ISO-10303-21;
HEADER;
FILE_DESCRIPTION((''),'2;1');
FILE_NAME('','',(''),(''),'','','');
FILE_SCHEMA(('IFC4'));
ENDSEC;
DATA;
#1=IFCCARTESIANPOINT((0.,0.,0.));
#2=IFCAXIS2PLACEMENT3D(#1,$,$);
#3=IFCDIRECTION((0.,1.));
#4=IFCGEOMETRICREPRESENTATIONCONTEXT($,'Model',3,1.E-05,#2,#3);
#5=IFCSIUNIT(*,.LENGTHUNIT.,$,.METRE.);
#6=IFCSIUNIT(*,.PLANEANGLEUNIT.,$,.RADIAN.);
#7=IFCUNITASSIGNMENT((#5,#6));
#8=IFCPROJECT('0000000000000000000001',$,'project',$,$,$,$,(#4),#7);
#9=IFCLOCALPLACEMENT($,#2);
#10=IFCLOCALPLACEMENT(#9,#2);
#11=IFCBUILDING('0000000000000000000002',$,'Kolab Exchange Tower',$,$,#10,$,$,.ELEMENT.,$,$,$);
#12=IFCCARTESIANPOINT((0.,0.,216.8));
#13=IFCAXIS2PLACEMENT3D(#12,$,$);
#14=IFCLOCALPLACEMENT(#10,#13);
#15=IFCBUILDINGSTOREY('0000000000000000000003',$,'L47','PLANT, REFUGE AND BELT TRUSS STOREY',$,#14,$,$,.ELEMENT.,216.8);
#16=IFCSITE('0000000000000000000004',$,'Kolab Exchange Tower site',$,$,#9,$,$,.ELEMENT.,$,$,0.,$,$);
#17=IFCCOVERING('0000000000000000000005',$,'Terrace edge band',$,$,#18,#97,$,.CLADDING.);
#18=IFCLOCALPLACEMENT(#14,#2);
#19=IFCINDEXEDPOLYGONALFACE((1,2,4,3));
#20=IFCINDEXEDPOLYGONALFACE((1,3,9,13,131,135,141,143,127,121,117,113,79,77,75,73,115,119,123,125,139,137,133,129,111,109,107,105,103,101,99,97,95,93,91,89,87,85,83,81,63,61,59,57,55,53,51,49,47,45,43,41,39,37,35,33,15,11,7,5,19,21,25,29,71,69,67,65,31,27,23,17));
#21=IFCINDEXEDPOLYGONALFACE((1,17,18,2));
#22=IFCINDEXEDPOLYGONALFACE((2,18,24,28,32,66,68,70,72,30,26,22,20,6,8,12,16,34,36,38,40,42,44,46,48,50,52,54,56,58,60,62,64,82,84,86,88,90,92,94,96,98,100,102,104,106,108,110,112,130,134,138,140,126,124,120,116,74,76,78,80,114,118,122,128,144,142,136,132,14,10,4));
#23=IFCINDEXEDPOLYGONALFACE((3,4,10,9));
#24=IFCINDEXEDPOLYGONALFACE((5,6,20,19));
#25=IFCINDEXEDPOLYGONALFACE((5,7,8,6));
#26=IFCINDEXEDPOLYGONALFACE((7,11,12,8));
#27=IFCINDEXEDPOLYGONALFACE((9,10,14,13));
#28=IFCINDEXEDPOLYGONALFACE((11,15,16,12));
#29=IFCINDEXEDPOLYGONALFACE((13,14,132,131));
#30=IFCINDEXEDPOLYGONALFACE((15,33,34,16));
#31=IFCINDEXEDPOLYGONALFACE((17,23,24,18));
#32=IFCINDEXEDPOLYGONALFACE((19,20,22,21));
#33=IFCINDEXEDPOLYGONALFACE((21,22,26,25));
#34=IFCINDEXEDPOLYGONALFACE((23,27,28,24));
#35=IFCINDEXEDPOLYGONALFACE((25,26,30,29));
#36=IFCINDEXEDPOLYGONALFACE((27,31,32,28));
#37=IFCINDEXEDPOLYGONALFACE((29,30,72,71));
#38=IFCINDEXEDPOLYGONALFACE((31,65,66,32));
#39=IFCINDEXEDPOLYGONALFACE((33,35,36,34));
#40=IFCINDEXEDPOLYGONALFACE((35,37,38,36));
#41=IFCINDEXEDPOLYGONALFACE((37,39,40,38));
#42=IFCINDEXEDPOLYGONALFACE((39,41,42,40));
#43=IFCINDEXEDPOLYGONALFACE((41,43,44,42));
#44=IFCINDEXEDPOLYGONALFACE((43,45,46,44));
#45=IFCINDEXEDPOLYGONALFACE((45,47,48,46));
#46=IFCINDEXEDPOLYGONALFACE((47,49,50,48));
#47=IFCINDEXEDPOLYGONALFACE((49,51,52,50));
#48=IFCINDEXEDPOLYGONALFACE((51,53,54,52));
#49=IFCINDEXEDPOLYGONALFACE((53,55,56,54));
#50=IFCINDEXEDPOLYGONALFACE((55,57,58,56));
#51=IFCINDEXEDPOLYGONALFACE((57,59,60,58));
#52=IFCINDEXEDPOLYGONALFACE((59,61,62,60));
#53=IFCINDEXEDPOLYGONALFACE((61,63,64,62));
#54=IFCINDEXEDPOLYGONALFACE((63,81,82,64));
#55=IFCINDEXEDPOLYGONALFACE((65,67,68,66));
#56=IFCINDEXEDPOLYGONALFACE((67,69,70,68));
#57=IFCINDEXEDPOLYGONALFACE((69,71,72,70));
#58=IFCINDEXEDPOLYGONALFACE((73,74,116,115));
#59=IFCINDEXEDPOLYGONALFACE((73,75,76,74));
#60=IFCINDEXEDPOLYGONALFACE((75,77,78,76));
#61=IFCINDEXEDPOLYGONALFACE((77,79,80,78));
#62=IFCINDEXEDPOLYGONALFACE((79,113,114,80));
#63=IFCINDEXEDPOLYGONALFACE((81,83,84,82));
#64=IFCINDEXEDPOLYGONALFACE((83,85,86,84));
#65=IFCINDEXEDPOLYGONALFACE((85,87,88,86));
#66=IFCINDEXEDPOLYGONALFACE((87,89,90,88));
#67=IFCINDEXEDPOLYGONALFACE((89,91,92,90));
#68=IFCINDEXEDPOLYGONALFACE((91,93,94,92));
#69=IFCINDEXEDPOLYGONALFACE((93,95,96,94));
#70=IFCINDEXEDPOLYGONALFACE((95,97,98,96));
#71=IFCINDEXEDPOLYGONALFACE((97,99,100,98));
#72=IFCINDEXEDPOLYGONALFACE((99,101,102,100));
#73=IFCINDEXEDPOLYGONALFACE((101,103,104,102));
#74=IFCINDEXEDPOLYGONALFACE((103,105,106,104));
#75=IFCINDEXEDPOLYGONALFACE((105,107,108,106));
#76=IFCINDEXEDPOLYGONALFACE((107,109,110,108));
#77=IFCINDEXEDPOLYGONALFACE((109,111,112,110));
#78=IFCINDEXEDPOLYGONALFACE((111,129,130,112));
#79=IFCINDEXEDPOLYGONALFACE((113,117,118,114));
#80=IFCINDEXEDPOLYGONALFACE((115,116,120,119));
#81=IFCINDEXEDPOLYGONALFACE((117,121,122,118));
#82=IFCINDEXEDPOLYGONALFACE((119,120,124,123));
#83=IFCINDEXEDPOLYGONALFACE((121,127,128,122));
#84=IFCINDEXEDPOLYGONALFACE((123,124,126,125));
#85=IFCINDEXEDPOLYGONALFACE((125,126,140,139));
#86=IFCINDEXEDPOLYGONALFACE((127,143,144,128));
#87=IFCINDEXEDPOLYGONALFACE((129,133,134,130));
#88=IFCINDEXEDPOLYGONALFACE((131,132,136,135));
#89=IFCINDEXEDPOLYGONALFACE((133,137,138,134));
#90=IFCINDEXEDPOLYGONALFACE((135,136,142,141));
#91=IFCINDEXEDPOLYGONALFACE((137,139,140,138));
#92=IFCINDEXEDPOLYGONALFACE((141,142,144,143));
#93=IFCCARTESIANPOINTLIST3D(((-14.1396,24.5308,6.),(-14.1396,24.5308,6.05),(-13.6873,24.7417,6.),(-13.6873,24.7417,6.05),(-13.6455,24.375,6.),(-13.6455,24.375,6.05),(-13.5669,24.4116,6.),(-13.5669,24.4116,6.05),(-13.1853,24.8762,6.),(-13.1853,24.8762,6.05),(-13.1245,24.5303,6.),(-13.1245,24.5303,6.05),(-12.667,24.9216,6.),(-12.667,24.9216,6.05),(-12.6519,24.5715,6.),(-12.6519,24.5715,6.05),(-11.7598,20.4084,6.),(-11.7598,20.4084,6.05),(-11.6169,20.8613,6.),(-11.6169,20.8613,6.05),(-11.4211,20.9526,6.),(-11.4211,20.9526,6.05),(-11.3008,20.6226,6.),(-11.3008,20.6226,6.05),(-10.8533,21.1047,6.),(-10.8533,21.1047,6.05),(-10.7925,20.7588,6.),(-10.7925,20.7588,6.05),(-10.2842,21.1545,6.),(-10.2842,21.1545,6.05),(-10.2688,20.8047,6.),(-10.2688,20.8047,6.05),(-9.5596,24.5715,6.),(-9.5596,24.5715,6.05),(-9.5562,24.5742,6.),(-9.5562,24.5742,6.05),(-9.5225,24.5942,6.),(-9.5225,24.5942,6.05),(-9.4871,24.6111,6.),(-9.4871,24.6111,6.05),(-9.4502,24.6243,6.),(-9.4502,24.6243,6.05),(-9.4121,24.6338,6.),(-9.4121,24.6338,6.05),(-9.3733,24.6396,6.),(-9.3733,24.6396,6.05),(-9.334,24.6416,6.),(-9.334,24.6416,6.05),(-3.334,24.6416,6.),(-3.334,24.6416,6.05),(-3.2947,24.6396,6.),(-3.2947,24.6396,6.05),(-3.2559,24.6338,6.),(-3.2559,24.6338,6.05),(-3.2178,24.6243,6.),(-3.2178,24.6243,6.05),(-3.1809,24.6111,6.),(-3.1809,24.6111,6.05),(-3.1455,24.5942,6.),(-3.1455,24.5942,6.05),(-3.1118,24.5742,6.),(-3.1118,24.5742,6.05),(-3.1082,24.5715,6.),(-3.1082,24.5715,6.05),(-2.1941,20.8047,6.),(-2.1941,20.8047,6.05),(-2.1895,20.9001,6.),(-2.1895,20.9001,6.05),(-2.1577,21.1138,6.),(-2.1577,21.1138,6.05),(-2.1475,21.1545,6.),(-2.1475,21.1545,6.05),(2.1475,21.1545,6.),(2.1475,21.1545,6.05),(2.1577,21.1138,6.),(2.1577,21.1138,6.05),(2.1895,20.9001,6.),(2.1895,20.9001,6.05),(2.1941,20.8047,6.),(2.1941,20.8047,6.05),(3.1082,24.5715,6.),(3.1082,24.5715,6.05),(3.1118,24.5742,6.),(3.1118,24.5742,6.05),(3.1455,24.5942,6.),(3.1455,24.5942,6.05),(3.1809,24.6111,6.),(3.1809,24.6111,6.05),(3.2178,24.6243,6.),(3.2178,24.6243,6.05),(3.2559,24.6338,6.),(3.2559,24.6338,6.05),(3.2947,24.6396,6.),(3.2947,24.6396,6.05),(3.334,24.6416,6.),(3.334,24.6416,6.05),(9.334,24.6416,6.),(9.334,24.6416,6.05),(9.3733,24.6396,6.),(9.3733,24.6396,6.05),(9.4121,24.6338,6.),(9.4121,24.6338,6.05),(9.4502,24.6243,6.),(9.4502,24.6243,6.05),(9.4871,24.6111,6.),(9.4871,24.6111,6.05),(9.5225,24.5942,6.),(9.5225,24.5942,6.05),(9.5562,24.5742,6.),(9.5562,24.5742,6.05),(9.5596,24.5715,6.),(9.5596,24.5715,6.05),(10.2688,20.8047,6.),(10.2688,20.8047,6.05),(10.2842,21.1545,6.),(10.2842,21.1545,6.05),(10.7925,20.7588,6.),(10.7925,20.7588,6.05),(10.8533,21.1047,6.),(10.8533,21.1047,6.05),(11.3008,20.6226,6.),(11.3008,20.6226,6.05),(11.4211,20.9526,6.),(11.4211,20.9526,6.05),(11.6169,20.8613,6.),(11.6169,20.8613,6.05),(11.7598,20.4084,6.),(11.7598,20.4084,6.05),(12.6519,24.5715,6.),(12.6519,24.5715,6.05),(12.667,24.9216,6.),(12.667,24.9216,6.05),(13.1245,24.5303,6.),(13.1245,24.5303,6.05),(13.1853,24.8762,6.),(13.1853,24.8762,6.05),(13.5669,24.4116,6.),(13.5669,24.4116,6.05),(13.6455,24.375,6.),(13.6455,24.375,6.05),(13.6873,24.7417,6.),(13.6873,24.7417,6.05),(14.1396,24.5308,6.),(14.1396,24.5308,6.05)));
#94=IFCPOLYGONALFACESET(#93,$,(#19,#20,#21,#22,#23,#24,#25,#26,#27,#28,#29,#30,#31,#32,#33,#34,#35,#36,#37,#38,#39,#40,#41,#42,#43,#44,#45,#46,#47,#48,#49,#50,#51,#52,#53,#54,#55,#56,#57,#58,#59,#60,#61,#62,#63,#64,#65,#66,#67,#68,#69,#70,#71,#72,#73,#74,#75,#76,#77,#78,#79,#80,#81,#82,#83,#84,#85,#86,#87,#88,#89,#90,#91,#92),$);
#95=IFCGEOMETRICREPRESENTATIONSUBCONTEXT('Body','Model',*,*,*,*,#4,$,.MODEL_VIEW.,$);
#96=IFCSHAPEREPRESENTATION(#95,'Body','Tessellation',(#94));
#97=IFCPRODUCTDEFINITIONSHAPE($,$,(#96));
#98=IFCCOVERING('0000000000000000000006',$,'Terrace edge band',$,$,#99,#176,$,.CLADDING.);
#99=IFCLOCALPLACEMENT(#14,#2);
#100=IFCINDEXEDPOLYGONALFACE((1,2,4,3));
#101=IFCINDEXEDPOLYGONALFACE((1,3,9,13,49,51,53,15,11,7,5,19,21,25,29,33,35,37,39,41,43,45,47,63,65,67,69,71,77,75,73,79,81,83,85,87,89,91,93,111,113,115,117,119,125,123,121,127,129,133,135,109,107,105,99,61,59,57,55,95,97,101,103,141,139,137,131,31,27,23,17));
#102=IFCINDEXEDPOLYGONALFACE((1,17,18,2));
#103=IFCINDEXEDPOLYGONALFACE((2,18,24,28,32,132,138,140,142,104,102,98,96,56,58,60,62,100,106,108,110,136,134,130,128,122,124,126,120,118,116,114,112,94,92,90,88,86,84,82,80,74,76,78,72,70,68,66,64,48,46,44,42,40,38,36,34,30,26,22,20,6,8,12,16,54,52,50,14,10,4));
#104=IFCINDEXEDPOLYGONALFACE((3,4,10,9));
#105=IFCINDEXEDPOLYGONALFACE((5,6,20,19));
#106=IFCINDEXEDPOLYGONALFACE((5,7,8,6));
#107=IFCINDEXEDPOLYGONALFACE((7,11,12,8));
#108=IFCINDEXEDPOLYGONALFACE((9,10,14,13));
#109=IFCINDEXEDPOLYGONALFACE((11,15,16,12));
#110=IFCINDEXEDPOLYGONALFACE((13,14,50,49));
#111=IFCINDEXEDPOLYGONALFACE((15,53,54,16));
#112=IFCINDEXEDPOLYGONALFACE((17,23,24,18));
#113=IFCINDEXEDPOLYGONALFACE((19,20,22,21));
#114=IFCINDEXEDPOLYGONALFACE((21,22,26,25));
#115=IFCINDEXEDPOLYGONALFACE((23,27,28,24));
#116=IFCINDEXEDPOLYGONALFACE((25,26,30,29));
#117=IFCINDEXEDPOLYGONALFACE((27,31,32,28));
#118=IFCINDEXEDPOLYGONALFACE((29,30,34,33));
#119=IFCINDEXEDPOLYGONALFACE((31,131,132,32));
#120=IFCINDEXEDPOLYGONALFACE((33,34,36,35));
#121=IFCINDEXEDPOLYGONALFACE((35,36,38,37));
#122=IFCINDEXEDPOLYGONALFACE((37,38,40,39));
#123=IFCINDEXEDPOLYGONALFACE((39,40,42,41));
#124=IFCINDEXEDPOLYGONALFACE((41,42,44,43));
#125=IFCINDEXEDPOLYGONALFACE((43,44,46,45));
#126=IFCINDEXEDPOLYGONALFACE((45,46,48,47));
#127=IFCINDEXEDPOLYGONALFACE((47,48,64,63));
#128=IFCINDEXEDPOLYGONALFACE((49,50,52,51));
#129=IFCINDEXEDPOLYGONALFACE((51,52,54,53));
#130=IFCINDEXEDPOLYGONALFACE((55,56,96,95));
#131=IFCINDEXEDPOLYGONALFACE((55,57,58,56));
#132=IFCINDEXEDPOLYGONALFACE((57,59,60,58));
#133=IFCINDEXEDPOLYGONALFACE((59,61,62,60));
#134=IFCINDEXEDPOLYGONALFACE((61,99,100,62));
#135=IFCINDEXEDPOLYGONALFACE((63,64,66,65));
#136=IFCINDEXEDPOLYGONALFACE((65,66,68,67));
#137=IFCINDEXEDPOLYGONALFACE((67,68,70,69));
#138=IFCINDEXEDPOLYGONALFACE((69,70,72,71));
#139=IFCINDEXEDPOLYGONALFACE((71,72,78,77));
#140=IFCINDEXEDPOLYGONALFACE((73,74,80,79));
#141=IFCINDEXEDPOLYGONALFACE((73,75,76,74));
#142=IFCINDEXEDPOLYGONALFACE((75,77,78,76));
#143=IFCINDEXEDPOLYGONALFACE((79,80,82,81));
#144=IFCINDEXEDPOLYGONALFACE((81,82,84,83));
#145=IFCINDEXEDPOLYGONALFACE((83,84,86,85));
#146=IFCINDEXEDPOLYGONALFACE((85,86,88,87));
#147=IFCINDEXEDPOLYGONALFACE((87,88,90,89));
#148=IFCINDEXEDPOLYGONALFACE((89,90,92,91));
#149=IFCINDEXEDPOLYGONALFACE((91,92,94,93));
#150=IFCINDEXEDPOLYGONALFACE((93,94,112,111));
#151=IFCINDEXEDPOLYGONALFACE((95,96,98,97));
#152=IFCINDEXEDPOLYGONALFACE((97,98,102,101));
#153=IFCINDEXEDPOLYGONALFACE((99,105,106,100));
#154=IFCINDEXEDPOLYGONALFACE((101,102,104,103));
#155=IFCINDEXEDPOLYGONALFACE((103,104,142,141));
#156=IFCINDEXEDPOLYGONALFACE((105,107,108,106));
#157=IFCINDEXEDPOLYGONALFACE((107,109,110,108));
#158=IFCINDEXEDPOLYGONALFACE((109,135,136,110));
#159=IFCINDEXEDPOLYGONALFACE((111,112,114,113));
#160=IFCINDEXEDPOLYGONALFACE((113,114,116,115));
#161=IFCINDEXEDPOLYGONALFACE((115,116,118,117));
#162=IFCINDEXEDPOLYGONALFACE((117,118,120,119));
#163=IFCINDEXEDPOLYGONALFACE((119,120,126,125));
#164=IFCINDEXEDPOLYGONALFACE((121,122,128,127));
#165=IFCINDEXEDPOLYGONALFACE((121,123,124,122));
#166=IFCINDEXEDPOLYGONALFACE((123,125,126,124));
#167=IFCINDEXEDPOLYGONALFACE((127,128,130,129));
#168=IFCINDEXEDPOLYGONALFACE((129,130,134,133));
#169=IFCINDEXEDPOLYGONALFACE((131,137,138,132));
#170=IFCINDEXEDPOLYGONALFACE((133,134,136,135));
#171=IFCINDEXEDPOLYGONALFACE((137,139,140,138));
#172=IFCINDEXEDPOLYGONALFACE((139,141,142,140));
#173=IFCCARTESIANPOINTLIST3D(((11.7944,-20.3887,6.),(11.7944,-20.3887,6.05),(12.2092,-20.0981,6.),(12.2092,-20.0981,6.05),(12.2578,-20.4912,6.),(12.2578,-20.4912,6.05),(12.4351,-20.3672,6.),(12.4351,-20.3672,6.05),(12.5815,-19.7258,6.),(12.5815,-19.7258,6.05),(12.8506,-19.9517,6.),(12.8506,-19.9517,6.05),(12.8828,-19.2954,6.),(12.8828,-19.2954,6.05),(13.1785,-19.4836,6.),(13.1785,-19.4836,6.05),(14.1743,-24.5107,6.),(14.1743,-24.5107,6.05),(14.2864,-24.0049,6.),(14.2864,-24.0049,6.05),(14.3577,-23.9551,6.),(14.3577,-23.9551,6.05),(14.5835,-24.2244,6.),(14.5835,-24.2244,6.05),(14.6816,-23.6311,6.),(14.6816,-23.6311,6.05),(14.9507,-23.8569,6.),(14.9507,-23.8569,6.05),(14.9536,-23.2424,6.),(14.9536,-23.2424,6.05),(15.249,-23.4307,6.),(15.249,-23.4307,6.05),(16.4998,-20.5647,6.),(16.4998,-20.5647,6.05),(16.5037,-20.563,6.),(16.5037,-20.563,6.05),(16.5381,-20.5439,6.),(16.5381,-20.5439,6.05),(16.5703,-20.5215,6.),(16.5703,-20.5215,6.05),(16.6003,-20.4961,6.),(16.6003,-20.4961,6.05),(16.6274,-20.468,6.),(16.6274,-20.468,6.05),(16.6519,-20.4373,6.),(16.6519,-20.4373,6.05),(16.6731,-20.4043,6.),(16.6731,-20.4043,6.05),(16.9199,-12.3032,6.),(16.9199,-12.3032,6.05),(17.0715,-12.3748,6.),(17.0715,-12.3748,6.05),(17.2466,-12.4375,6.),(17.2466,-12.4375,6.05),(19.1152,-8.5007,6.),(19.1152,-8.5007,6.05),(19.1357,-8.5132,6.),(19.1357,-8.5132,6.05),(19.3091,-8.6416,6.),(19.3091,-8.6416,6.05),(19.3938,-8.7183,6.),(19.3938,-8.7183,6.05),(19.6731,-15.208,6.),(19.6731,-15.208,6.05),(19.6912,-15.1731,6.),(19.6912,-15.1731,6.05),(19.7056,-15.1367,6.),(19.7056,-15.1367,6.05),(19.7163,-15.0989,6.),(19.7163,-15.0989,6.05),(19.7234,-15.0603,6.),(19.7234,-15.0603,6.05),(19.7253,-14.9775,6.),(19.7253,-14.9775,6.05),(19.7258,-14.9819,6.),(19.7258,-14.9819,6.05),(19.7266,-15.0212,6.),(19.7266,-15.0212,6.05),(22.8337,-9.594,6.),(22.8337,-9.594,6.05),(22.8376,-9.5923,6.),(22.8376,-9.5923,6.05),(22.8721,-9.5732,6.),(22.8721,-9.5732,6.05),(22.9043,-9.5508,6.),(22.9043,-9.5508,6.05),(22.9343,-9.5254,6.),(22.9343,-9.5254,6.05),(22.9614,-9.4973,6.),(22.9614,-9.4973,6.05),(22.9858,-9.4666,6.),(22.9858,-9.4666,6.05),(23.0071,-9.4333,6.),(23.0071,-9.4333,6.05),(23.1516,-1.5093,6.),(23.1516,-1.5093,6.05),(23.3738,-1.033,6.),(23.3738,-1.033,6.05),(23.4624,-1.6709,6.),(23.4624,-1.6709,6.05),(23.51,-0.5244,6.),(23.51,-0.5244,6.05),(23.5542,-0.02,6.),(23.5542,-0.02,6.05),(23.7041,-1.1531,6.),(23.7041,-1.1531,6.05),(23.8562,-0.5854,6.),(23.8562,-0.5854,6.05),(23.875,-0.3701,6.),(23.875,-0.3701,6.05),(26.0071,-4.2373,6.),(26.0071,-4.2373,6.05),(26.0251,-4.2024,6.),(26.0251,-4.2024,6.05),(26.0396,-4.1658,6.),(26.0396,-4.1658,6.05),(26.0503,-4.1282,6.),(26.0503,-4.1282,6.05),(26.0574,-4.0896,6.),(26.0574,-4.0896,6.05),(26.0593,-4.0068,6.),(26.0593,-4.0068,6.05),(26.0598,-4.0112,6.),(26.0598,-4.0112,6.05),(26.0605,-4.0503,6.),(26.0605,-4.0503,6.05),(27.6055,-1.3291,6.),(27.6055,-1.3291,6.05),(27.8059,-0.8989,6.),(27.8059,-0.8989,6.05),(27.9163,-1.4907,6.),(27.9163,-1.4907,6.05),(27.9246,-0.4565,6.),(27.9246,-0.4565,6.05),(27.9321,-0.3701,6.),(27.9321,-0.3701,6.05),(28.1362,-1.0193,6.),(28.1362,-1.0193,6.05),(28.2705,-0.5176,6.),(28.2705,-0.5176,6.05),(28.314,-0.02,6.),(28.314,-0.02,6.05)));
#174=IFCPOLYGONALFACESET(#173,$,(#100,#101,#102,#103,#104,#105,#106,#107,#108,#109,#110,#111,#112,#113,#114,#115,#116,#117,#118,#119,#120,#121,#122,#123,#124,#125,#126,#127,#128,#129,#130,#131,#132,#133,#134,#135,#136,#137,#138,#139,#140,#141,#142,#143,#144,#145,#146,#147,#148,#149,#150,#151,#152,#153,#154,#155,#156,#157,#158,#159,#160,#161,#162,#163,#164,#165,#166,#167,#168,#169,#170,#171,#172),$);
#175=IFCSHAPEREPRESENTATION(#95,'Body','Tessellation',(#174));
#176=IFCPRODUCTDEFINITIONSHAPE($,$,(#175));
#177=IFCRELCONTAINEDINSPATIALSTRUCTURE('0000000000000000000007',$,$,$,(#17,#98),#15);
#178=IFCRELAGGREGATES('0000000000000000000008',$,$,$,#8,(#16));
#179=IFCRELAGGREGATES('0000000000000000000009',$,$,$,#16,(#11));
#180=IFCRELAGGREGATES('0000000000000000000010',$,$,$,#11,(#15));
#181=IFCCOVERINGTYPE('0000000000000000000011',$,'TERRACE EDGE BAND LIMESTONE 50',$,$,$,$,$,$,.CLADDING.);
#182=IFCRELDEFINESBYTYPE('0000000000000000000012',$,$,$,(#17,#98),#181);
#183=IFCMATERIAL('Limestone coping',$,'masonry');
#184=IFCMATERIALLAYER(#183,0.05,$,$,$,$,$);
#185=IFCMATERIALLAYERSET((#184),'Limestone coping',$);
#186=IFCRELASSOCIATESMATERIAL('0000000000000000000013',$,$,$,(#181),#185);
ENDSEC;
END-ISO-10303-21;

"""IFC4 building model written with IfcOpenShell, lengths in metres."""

from ifc_helpers import new_model, si_unit, direction, frame, origin, place, context, subcontext, project, spatial, polyline, outline, extrude, material, layer, layer_set, type_object, element, save


model = new_model("IFC4")

# Units and contexts
model_context = context("Model", 3, precision=1e-05, world=origin(), true_north=direction((0.0, 1.0)))
body_context = subcontext(model_context, "Body", "Model", "MODEL_VIEW")
ifc_project = project(units=[si_unit("LENGTHUNIT", "METRE"), si_unit("PLANEANGLEUNIT", "RADIAN")], contexts=[model_context])

# Site, building, storey
site_placement = place(None, origin())
site = spatial("IfcSite", under=ifc_project, at=site_placement, Name="Kolab Exchange Tower site", CompositionType="ELEMENT", RefElevation=0.0)
building_placement = place(site_placement, origin())
building = spatial("IfcBuilding", under=site, at=building_placement, Name="Kolab Exchange Tower", CompositionType="ELEMENT")
storey_placement = place(building_placement, frame((0.0, 0.0, 216.8)))
storey = spatial("IfcBuildingStorey", under=building, at=storey_placement, Name="L47", Description="PLANT, REFUGE AND BELT TRUSS STOREY", CompositionType="ELEMENT", Elevation=216.8)

# Coverings
ifc_material_1 = material(Name="Limestone coping", Category="masonry")
ifc_layer_1 = layer(ifc_material_1, 0.05)
ifc_layer_set_1 = layer_set([ifc_layer_1], Name="Limestone coping")
covering_type_1 = type_object("IfcCoveringType", Name="TERRACE EDGE BAND LIMESTONE 50", PredefinedType="CLADDING", material=ifc_layer_set_1)
covering_1_placement = place(storey_placement, frame((0.0, 0.0, 6.0)))
element("IfcCovering", 1, at=covering_1_placement, inside=storey, type_object=covering_type_1, Name="Terrace edge band", PredefinedType="CLADDING", context=body_context, shape_type="SweptSolid", body=[
    extrude(outline(polyline([(-13.1853, 24.8762), (-12.667, 24.9216), (12.667, 24.9216), (13.1853, 24.8762), (13.6873, 24.7417), (14.1396, 24.5308), (11.7598, 20.4084), (11.3008, 20.6226), (10.7925, 20.7588), (10.2688, 20.8047), (2.1941, 20.8047), (2.1895, 20.9001), (2.1577, 21.1138), (2.1475, 21.1545), (10.2842, 21.1545), (10.8533, 21.1047), (11.4211, 20.9526), (11.6169, 20.8613), (13.6455, 24.375), (13.5669, 24.4116), (13.1245, 24.5303), (12.6519, 24.5715), (9.5596, 24.5715), (9.5562, 24.5742), (9.5225, 24.5942), (9.4871, 24.6111), (9.4502, 24.6243), (9.4121, 24.6338), (9.3733, 24.6396), (9.334, 24.6416), (3.334, 24.6416), (3.2947, 24.6396), (3.2559, 24.6338), (3.2178, 24.6243), (3.1809, 24.6111), (3.1455, 24.5942), (3.1118, 24.5742), (3.1082, 24.5715), (-3.1082, 24.5715), (-3.1118, 24.5742), (-3.1455, 24.5942), (-3.1809, 24.6111), (-3.2178, 24.6243), (-3.2559, 24.6338), (-3.2947, 24.6396), (-3.334, 24.6416), (-9.334, 24.6416), (-9.3733, 24.6396), (-9.4121, 24.6338), (-9.4502, 24.6243), (-9.4871, 24.6111), (-9.5225, 24.5942), (-9.5562, 24.5742), (-9.5596, 24.5715), (-12.6519, 24.5715), (-13.1245, 24.5303), (-13.5669, 24.4116), (-13.6455, 24.375), (-11.6169, 20.8613), (-11.4211, 20.9526), (-10.8533, 21.1047), (-10.2842, 21.1545), (-2.1475, 21.1545), (-2.1577, 21.1138), (-2.1895, 20.9001), (-2.1941, 20.8047), (-10.2688, 20.8047), (-10.7925, 20.7588), (-11.3008, 20.6226), (-11.7598, 20.4084), (-14.1396, 24.5308), (-13.6873, 24.7417), (-13.1853, 24.8762)])), origin(), (0.0, 0.0, 1.0), 0.05),
])
covering_2_placement = place(storey_placement, frame((0.0, 0.0, 6.0)))
element("IfcCovering", 2, at=covering_2_placement, inside=storey, type_object=covering_type_1, Name="Terrace edge band", PredefinedType="CLADDING", context=body_context, shape_type="SweptSolid", body=[
    extrude(outline(polyline([(14.5835, -24.2244), (14.1743, -24.5107), (11.7944, -20.3887), (12.2092, -20.0981), (12.5815, -19.7258), (12.8828, -19.2954), (16.9199, -12.3032), (17.0715, -12.3748), (17.2466, -12.4375), (13.1785, -19.4836), (12.8506, -19.9517), (12.4351, -20.3672), (12.2578, -20.4912), (14.2864, -24.0049), (14.3577, -23.9551), (14.6816, -23.6311), (14.9536, -23.2424), (16.4998, -20.5647), (16.5037, -20.563), (16.5381, -20.5439), (16.5703, -20.5215), (16.6003, -20.4961), (16.6274, -20.468), (16.6519, -20.4373), (16.6731, -20.4043), (19.6731, -15.208), (19.6912, -15.1731), (19.7056, -15.1367), (19.7163, -15.0989), (19.7234, -15.0603), (19.7266, -15.0212), (19.7258, -14.9819), (19.7253, -14.9775), (22.8337, -9.594), (22.8376, -9.5923), (22.8721, -9.5732), (22.9043, -9.5508), (22.9343, -9.5254), (22.9614, -9.4973), (22.9858, -9.4666), (23.0071, -9.4333), (26.0071, -4.2373), (26.0251, -4.2024), (26.0396, -4.1658), (26.0503, -4.1282), (26.0574, -4.0896), (26.0605, -4.0503), (26.0598, -4.0112), (26.0593, -4.0068), (27.6055, -1.3291), (27.8059, -0.8989), (27.9246, -0.4565), (27.9321, -0.3701), (23.875, -0.3701), (23.8562, -0.5854), (23.7041, -1.1531), (23.4624, -1.6709), (19.3938, -8.7183), (19.3091, -8.6416), (19.1357, -8.5132), (19.1152, -8.5007), (23.1516, -1.5093), (23.3738, -1.033), (23.51, -0.5244), (23.5542, -0.02), (28.314, -0.02), (28.2705, -0.5176), (28.1362, -1.0193), (27.9163, -1.4907), (15.249, -23.4307), (14.9507, -23.8569), (14.5835, -24.2244)])), origin(), (0.0, 0.0, 1.0), 0.05),
])

save(model, "model.ifc")
